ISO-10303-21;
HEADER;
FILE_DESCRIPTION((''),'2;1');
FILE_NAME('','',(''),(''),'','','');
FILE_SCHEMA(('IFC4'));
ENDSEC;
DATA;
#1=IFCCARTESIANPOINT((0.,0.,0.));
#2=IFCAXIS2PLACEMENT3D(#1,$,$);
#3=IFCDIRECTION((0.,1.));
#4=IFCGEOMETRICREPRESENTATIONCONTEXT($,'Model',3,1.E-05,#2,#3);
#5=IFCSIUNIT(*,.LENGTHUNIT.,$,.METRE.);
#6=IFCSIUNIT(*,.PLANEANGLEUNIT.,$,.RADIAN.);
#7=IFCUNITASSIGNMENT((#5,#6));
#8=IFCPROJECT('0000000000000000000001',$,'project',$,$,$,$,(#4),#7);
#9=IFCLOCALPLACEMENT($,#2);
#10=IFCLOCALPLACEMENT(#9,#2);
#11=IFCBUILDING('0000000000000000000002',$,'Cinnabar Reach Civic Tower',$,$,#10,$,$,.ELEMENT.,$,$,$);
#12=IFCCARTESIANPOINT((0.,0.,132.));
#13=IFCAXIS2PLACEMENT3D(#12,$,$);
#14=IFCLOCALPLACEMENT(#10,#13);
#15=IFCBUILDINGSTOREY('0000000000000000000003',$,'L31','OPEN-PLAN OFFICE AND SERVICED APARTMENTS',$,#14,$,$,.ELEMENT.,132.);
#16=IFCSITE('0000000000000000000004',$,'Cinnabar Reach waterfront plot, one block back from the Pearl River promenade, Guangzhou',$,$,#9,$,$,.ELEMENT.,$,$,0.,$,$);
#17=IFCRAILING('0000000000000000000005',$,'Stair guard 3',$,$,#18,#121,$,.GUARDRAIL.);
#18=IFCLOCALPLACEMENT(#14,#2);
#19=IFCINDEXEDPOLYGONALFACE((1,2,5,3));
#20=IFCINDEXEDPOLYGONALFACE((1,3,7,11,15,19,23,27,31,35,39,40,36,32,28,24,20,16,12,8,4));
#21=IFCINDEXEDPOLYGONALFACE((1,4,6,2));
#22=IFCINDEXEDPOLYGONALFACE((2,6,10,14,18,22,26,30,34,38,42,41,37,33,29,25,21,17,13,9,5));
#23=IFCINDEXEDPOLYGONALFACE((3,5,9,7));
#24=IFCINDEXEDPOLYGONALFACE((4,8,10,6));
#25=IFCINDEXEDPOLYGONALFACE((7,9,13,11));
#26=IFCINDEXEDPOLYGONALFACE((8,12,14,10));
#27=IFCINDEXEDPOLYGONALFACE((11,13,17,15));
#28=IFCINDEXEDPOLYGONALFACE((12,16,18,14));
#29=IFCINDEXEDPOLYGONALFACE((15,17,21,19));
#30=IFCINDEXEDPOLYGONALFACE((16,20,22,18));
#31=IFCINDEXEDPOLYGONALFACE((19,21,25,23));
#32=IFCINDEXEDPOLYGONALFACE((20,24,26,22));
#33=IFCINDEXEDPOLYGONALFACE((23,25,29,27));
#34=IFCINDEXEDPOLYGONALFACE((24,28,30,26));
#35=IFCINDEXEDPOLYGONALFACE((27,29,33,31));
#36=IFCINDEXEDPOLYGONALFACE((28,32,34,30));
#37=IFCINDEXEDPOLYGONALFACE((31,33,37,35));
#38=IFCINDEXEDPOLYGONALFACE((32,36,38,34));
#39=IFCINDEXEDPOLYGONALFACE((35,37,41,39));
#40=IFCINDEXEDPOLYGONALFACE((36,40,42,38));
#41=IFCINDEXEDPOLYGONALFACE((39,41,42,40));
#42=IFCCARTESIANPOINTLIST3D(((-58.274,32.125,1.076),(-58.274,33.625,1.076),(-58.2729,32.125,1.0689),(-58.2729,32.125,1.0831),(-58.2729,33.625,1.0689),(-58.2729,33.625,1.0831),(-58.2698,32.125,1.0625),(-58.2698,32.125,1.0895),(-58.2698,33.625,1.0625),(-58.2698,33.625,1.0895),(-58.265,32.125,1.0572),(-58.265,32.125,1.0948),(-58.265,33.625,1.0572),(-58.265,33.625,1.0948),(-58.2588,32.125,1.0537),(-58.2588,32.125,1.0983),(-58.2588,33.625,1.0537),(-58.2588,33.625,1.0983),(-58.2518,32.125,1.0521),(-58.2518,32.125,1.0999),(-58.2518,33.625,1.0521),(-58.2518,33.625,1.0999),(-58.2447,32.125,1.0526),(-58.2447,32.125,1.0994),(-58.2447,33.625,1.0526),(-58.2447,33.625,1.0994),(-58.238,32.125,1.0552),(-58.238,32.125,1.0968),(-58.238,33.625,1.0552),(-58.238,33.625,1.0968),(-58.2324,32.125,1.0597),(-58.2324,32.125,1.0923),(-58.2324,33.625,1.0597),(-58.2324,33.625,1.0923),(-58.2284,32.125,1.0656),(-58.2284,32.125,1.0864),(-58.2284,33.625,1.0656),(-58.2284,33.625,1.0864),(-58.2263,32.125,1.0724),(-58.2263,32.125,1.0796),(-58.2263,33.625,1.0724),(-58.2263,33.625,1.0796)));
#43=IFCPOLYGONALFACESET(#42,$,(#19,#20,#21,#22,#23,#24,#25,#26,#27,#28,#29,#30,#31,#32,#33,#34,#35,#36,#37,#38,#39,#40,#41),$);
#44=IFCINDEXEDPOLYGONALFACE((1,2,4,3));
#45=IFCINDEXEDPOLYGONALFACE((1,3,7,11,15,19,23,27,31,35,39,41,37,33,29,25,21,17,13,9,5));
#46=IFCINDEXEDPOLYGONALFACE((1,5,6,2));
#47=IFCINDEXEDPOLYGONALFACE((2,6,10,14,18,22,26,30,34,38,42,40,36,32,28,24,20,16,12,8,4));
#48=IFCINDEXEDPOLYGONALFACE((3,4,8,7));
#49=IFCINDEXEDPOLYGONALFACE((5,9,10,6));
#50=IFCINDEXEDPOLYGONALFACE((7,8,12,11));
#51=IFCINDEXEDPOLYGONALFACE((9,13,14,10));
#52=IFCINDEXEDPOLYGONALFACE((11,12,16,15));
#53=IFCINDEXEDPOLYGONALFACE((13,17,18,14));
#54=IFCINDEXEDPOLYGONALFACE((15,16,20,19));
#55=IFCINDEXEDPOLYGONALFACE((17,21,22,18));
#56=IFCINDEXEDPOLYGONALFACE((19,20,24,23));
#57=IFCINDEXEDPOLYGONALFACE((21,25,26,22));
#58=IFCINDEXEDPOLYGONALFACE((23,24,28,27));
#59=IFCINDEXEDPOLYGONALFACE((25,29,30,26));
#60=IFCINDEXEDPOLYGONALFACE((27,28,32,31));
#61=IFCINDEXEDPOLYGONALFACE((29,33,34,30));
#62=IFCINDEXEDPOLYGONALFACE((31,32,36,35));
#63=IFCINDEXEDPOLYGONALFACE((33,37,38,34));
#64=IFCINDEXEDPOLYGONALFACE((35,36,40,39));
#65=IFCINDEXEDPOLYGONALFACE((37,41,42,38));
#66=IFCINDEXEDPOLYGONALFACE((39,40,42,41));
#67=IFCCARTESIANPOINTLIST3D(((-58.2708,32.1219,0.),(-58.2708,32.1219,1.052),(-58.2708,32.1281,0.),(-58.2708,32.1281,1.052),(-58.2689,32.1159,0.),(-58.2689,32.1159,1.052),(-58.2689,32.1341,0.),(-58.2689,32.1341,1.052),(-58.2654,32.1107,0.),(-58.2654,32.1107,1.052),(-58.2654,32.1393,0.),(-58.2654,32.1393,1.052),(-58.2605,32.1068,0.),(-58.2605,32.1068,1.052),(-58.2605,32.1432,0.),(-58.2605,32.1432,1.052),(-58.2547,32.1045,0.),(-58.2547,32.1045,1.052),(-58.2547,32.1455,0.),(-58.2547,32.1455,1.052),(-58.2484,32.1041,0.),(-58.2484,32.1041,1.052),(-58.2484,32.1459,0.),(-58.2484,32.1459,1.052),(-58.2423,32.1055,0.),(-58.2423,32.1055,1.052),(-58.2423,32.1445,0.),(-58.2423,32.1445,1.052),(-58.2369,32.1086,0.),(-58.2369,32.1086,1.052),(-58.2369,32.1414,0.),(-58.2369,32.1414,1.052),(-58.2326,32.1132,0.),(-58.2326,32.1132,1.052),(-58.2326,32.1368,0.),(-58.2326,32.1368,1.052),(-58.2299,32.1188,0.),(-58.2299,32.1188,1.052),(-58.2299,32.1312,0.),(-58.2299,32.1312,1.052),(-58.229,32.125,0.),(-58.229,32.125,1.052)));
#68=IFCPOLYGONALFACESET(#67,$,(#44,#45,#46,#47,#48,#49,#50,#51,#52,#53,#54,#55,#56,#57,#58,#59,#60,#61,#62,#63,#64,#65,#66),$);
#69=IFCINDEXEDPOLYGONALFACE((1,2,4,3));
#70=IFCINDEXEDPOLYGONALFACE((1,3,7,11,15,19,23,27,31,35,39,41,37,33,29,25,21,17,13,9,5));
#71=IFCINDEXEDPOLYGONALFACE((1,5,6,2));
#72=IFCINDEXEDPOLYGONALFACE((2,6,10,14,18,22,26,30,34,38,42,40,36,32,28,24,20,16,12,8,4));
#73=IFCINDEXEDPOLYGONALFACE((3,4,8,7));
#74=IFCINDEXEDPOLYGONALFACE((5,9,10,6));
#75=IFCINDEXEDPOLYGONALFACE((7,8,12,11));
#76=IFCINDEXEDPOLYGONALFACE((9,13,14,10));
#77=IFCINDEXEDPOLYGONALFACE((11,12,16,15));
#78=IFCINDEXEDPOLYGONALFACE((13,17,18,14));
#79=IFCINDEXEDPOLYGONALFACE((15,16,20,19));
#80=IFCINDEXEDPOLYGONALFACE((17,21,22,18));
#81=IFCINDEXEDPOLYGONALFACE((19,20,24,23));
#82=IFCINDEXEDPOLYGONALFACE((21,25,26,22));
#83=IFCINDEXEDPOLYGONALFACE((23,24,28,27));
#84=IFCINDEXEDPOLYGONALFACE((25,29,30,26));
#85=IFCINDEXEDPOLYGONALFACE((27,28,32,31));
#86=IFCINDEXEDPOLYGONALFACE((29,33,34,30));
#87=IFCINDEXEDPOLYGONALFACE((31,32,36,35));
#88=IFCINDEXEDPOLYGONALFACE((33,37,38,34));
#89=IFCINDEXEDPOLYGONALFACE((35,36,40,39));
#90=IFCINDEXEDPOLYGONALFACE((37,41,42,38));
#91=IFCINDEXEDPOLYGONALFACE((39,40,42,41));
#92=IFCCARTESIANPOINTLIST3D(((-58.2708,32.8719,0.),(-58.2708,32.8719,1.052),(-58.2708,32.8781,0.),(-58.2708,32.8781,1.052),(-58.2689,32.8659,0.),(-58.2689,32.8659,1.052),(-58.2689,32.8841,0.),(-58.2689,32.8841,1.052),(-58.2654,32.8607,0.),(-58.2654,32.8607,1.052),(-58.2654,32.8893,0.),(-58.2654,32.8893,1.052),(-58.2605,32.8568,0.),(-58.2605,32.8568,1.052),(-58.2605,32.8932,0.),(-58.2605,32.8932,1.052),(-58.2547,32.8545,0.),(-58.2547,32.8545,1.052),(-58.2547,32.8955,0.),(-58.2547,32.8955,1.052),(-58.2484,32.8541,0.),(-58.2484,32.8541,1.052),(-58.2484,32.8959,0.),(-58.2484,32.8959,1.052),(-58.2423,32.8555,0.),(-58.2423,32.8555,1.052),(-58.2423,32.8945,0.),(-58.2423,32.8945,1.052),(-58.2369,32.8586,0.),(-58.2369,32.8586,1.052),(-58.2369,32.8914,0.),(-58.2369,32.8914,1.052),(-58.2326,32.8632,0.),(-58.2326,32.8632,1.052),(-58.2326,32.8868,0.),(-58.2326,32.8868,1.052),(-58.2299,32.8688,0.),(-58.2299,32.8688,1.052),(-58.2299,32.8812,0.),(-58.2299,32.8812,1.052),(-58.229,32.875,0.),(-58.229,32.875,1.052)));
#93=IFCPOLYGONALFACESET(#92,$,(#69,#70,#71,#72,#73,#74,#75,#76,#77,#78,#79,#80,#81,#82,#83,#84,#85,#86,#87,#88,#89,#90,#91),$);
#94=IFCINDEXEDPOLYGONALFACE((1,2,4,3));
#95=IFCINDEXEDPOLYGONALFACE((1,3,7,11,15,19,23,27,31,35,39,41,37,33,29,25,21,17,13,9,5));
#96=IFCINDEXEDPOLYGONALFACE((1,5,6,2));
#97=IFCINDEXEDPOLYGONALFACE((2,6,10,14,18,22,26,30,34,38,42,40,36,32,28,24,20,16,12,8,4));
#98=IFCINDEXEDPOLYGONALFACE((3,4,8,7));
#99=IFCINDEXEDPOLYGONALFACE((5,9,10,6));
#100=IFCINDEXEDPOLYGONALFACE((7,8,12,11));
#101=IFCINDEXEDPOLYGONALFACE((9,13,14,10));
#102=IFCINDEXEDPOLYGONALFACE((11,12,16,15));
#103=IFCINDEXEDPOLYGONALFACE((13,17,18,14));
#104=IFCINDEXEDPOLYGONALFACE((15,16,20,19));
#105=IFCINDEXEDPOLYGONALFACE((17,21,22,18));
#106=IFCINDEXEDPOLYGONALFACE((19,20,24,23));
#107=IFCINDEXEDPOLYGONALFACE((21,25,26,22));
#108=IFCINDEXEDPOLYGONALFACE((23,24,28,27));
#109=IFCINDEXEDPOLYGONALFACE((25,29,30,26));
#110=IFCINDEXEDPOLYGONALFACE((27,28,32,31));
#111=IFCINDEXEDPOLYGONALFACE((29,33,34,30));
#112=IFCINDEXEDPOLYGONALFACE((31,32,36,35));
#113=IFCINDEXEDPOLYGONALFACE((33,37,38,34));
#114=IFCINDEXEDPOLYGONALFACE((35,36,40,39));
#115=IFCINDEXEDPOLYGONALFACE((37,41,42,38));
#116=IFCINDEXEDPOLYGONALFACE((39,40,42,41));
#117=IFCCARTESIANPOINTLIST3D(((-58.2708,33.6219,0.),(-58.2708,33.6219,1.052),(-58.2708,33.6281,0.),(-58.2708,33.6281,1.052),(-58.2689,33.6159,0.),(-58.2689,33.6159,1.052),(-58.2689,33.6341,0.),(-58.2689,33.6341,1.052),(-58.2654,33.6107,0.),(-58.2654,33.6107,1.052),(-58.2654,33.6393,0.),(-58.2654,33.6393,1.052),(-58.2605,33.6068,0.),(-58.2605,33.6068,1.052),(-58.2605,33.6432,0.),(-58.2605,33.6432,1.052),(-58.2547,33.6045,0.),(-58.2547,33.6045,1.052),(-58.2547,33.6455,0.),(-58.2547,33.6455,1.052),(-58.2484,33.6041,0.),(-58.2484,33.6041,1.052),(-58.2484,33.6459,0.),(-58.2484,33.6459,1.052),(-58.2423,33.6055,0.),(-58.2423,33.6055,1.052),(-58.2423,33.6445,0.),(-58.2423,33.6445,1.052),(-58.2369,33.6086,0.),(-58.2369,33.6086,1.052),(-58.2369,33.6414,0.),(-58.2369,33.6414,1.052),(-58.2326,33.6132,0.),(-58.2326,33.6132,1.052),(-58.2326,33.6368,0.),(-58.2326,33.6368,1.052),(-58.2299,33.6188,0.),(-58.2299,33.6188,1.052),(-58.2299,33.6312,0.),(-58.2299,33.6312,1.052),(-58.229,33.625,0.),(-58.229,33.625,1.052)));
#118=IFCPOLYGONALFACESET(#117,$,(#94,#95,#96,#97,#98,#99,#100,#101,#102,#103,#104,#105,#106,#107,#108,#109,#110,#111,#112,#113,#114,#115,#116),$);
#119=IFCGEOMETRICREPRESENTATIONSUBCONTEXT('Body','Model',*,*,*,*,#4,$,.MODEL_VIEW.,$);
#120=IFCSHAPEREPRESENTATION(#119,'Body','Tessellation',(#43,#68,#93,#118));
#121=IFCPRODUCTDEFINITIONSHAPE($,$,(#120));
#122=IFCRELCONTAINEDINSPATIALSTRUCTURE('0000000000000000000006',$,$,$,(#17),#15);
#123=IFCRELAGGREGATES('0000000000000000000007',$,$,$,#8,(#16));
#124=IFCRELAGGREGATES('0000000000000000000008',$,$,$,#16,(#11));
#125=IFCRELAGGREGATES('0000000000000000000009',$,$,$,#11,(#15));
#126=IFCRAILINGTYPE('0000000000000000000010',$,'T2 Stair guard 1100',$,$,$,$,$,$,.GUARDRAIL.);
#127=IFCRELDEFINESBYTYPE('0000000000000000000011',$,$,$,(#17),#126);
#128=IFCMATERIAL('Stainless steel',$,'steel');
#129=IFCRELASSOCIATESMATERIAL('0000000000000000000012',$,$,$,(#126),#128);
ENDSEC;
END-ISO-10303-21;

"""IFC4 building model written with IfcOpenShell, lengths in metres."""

from ifc_helpers import new_model, si_unit, direction, frame, origin, origin_2d, place, context, subcontext, project, spatial, circle, extrude, material, type_object, element, save


model = new_model("IFC4")

# Units and contexts
model_context = context("Model", 3, precision=1e-05, world=origin(), true_north=direction((0.0, 1.0)))
body_context = subcontext(model_context, "Body", "Model", "MODEL_VIEW")
ifc_project = project(units=[si_unit("LENGTHUNIT", "METRE"), si_unit("PLANEANGLEUNIT", "RADIAN")], contexts=[model_context])

# Site, building, storey
site_placement = place(None, origin())
site = spatial("IfcSite", under=ifc_project, at=site_placement, Name="Cinnabar Reach waterfront plot, one block back from the Pearl River promenade, Guangzhou", CompositionType="ELEMENT", RefElevation=0.0)
building_placement = place(site_placement, origin())
building = spatial("IfcBuilding", under=site, at=building_placement, Name="Cinnabar Reach Civic Tower", CompositionType="ELEMENT")
storey_placement = place(building_placement, frame((0.0, 0.0, 132.0)))
storey = spatial("IfcBuildingStorey", under=building, at=storey_placement, Name="L31", Description="OPEN-PLAN OFFICE AND SERVICED APARTMENTS", CompositionType="ELEMENT", Elevation=132.0)

# Railing
ifc_material_1 = material(Name="Stainless steel", Category="steel")
railing_type = type_object("IfcRailingType", Name="T2 Stair guard 1100", PredefinedType="GUARDRAIL", material=ifc_material_1)
railing_1_placement = place(storey_placement, frame((-58.25, 32.125, 0.0)))
element("IfcRailing", 1, at=railing_1_placement, inside=storey, type_object=railing_type, Name="Stair guard 3", PredefinedType="GUARDRAIL", context=body_context, shape_type="SweptSolid", body=[
    extrude(circle(Radius=0.024, at=origin_2d()), frame((0.0, 0.0, 1.076), z_axis=(0.0, 1.0, 0.0), x_axis=(-1.0, 0.0, 0.0)), (0.0, 0.0, 1.0), 1.5),
    extrude(circle(Radius=0.021, at=origin_2d()), origin(), (0.0, 0.0, 1.0), 1.052),
    extrude(circle(Radius=0.021, at=origin_2d()), frame((0.0, 0.75, 0.0)), (0.0, 0.0, 1.0), 1.052),
    extrude(circle(Radius=0.021, at=origin_2d()), frame((0.0, 1.5, 0.0)), (0.0, 0.0, 1.0), 1.052),
])

save(model, "model.ifc")
